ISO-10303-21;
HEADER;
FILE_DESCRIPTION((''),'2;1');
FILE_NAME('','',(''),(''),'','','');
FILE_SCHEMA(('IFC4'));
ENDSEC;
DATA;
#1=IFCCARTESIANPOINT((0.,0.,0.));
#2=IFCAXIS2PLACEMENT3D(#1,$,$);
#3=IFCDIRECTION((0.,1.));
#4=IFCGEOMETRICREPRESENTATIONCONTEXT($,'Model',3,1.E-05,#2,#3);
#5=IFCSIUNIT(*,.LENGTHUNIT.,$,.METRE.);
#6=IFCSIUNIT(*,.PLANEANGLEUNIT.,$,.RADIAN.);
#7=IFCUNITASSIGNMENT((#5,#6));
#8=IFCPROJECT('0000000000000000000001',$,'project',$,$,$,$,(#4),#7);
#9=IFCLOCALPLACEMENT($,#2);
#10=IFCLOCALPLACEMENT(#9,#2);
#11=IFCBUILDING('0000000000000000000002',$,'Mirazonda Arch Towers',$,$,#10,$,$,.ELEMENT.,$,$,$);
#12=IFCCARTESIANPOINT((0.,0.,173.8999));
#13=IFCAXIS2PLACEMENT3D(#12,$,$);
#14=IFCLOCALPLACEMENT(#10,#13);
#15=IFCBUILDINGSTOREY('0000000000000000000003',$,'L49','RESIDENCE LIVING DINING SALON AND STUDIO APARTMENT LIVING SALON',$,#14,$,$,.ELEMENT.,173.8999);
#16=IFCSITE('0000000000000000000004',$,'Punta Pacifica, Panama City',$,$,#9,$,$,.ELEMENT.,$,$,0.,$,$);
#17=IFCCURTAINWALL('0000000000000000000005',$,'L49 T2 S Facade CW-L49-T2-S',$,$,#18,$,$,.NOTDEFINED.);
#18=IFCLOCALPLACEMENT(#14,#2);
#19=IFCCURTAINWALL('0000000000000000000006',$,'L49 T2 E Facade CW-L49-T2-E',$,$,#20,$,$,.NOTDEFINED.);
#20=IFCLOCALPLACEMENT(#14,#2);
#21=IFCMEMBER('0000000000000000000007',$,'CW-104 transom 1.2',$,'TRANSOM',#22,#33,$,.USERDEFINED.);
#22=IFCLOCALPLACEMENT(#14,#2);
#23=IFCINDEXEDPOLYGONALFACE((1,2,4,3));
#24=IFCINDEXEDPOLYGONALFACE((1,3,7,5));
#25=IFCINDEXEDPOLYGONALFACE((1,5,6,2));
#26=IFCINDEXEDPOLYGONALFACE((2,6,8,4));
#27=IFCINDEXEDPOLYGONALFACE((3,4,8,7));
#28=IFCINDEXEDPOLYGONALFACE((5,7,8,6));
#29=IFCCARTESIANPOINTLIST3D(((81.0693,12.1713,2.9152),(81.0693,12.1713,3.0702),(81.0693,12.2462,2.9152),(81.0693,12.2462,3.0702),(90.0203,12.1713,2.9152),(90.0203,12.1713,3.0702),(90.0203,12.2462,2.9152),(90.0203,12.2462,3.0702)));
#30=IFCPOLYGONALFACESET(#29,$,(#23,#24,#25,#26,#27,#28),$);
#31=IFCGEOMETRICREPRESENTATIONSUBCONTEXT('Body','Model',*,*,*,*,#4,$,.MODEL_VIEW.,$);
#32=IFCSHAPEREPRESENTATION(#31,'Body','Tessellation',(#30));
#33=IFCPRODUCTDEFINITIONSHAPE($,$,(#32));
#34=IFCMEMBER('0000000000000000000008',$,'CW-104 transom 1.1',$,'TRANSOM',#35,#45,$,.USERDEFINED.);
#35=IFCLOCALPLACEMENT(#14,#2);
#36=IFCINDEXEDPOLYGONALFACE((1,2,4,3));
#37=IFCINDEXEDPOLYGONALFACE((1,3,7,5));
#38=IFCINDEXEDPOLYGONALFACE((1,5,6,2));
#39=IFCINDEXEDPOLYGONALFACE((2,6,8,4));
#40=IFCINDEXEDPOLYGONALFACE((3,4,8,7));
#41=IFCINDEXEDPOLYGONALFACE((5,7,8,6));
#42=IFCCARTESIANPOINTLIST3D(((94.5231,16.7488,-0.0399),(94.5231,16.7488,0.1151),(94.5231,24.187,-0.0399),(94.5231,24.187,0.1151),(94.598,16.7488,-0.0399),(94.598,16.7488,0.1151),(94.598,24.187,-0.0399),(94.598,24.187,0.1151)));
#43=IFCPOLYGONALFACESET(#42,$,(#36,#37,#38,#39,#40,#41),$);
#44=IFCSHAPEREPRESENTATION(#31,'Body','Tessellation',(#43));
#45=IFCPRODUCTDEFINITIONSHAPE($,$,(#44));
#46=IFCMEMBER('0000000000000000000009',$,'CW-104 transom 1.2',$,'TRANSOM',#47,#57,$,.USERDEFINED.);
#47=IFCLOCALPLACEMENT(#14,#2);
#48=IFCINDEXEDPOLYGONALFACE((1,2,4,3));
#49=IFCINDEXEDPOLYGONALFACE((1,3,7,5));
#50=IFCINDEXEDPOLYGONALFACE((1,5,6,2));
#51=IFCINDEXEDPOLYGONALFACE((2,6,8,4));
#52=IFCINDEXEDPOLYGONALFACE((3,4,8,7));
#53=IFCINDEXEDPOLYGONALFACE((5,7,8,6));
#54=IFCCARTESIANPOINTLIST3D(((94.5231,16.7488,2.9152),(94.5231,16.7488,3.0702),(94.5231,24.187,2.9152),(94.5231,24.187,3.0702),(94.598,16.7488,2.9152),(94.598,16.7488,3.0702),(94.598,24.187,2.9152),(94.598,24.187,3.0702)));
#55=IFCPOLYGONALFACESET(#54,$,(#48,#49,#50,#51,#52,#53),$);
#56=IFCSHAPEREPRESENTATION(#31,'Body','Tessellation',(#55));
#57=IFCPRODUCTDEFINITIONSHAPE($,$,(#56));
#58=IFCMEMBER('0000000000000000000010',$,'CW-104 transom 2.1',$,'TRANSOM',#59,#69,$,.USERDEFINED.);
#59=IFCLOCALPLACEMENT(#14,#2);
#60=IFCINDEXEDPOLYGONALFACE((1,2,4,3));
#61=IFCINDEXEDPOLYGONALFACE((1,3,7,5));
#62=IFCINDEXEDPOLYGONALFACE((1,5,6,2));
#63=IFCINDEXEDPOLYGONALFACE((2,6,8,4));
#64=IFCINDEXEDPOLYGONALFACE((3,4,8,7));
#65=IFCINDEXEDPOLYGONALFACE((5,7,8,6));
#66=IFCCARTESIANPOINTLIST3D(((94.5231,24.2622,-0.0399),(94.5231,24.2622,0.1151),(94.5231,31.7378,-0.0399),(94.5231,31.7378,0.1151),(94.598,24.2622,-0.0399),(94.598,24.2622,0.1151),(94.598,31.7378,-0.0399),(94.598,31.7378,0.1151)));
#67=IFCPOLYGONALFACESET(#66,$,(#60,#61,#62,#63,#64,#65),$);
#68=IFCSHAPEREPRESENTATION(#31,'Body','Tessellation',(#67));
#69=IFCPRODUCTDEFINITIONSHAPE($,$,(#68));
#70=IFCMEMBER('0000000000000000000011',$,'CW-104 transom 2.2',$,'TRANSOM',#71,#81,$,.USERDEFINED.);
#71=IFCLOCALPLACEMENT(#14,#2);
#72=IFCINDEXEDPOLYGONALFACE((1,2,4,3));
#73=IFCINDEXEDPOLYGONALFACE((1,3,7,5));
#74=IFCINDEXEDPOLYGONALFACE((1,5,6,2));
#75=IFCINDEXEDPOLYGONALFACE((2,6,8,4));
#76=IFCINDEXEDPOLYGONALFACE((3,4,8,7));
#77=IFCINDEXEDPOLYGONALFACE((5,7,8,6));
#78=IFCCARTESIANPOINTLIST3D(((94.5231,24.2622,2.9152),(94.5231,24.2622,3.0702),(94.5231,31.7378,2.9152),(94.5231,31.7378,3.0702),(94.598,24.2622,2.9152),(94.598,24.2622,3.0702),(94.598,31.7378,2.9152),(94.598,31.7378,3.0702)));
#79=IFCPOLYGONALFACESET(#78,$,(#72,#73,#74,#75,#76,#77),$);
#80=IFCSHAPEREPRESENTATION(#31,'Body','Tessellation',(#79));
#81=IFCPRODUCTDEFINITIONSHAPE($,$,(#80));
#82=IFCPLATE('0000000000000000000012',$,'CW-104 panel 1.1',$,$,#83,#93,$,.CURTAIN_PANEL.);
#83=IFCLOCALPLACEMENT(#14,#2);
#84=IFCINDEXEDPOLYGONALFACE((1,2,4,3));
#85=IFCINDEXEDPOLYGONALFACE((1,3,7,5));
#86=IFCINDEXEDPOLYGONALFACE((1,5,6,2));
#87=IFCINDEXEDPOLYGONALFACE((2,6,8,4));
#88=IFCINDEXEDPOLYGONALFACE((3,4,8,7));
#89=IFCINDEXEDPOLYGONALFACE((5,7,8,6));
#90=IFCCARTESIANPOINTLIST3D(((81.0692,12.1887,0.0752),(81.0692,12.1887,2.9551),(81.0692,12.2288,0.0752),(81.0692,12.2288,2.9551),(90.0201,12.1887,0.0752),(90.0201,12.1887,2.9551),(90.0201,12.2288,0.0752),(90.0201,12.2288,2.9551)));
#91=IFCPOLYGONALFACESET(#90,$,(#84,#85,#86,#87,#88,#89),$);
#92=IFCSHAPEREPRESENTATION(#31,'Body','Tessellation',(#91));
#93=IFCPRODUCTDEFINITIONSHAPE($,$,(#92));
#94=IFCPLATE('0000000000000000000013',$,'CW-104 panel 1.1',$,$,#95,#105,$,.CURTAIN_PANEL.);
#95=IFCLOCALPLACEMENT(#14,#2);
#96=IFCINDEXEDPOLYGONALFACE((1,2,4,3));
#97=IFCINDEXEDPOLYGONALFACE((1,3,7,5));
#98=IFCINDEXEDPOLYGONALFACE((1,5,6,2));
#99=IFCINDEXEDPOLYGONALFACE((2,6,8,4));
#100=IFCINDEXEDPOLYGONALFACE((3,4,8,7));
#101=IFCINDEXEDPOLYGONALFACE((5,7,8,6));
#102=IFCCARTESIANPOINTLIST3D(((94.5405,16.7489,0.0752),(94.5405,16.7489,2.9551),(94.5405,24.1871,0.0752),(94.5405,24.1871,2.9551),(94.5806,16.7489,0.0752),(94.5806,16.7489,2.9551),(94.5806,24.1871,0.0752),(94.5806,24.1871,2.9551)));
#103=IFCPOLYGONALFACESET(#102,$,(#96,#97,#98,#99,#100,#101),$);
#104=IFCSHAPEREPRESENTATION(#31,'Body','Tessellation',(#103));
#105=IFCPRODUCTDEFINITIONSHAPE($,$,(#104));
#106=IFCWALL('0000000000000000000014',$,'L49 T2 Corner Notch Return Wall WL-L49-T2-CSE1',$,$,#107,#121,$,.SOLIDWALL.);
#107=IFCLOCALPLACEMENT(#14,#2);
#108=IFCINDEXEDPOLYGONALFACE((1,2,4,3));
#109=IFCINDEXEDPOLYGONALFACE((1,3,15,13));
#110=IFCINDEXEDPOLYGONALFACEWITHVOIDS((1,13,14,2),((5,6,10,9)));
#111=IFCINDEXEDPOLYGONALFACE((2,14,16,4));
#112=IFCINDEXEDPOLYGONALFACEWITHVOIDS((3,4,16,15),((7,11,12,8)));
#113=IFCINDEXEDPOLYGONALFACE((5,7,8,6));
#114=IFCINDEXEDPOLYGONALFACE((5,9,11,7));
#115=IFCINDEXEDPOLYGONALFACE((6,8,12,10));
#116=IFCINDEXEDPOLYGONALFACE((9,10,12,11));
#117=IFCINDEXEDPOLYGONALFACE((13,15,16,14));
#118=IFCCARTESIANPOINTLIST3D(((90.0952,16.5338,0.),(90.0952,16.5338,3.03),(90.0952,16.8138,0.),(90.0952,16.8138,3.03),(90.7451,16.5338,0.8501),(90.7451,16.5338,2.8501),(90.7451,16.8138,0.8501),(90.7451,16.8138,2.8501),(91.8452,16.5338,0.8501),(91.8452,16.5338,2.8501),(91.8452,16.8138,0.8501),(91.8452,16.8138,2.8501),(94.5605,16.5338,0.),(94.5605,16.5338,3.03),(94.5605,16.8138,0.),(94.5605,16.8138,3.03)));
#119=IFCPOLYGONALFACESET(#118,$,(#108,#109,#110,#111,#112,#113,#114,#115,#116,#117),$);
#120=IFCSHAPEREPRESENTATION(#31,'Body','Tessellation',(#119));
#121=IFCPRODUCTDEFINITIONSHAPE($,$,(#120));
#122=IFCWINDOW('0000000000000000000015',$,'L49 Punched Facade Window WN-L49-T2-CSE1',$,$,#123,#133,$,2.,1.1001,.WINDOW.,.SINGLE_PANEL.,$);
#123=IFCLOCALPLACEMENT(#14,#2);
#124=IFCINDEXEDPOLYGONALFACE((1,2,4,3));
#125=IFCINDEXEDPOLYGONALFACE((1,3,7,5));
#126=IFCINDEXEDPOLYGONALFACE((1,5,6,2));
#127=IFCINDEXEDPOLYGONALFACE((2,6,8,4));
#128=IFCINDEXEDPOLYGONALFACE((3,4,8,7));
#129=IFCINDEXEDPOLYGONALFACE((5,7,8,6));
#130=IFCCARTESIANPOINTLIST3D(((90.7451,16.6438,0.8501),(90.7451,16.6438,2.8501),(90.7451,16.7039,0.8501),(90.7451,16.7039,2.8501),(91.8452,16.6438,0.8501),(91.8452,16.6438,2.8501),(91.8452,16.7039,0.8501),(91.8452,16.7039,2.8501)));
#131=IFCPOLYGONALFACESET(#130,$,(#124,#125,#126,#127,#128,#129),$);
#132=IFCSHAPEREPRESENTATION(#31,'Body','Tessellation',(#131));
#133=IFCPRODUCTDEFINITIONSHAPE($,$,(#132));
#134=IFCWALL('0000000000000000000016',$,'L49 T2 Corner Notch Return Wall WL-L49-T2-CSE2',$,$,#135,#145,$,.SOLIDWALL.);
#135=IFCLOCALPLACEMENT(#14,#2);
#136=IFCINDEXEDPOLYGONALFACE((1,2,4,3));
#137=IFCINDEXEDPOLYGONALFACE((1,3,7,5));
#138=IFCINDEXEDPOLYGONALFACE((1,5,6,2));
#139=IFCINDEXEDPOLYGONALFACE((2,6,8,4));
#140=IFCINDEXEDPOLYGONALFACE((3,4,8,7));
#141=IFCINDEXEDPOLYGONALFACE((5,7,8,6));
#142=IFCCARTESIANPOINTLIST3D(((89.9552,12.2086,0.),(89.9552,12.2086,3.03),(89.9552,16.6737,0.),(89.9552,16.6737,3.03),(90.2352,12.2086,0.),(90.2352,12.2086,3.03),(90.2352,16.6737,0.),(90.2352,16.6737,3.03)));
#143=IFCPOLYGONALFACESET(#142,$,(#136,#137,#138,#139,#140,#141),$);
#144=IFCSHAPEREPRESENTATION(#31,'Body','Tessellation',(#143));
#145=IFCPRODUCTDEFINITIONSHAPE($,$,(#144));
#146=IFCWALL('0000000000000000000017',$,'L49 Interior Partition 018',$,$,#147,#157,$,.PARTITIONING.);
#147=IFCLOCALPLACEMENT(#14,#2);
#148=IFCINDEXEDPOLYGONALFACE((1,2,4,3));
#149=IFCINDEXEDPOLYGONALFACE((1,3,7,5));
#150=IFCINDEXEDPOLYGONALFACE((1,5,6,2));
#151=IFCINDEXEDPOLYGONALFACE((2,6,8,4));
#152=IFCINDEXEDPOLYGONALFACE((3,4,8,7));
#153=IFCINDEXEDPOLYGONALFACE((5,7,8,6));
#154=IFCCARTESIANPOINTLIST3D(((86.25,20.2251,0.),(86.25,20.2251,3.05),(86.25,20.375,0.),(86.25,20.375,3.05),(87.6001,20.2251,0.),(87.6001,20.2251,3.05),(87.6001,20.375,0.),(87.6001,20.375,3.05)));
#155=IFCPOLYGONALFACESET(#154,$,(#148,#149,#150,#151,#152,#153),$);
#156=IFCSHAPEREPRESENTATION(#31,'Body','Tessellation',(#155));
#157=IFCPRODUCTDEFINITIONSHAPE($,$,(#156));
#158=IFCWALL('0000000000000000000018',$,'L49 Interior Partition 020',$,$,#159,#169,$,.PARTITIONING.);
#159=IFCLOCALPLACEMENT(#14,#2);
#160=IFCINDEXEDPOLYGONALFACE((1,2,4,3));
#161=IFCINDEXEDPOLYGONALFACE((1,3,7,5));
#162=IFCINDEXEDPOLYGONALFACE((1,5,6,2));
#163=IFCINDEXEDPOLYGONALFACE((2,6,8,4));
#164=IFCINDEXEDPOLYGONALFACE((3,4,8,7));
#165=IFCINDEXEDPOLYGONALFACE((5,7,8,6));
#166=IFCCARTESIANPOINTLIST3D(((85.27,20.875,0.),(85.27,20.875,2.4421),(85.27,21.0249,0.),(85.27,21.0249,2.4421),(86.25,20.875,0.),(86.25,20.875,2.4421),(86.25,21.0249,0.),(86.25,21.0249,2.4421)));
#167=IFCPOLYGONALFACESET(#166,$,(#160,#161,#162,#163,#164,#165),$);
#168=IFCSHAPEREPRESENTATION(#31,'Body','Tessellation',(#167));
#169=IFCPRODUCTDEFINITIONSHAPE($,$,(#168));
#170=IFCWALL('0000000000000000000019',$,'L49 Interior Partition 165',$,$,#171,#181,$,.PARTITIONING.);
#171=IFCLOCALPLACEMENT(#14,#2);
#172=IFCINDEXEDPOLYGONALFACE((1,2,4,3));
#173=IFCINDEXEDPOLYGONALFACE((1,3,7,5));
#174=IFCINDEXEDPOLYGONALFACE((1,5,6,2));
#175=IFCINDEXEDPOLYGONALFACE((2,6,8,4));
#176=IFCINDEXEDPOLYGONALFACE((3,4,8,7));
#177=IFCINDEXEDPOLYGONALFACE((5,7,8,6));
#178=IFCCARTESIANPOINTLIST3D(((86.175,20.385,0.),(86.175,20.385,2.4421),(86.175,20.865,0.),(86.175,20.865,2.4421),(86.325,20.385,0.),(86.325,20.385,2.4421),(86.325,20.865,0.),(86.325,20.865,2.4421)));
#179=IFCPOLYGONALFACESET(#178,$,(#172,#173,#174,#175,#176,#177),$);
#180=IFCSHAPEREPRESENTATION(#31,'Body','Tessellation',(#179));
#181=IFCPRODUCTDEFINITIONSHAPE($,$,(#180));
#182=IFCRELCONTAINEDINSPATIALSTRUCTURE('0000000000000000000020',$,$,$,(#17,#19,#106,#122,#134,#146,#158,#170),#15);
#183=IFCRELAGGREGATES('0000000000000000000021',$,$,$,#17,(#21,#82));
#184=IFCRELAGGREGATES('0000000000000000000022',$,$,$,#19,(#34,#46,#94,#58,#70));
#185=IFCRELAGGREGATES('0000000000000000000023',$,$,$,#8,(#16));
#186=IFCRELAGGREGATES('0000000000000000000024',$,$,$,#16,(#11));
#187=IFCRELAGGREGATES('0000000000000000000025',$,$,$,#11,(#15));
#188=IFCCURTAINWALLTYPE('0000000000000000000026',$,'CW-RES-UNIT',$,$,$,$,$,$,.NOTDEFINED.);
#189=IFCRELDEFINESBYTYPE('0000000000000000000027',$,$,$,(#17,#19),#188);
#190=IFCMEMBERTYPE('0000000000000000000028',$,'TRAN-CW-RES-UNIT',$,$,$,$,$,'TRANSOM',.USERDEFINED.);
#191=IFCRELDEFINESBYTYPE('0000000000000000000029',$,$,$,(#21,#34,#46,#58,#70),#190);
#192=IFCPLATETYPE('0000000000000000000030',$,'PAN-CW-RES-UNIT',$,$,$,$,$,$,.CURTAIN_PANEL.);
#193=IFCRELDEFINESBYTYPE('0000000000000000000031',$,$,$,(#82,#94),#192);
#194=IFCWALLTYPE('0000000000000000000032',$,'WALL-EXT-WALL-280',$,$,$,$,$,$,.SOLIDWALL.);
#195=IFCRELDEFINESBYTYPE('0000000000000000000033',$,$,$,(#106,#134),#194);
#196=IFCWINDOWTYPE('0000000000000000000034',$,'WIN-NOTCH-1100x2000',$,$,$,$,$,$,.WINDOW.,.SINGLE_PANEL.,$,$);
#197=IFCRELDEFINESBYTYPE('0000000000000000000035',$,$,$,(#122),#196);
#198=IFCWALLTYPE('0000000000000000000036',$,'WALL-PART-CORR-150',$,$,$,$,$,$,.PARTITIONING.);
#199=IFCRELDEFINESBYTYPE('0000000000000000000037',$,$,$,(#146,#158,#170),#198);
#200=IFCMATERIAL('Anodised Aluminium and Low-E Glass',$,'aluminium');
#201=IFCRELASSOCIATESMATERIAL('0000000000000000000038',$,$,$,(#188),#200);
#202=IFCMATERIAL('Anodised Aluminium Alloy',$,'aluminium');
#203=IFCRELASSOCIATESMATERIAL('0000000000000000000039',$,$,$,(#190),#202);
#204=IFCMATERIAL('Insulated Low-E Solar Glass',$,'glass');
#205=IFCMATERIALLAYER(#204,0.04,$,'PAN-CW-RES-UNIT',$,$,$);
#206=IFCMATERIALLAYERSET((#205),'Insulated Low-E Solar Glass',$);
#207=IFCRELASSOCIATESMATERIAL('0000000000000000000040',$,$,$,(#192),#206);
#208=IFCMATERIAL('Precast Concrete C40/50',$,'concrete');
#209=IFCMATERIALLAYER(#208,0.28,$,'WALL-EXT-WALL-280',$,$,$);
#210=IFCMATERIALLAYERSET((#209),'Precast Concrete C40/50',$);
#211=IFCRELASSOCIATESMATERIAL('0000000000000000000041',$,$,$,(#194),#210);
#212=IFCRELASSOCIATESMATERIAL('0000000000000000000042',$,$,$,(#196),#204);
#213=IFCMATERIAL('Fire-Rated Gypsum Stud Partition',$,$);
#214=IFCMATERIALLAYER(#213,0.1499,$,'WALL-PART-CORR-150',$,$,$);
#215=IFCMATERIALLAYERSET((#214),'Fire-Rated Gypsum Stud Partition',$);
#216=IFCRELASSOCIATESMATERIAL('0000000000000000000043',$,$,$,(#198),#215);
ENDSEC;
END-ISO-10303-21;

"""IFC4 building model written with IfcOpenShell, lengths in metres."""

from ifc_helpers import new_model, si_unit, direction, frame, frame_2d, origin, origin_2d, place, context, subcontext, project, spatial, rectangle, extrude, material, layer, layer_set, material_profile, profile_set, type_object, element, fill, aggregate, save


model = new_model("IFC4")

# Units and contexts
model_context = context("Model", 3, precision=1e-05, world=origin(), true_north=direction((0.0, 1.0)))
body_context = subcontext(model_context, "Body", "Model", "MODEL_VIEW")
ifc_project = project(units=[si_unit("LENGTHUNIT", "METRE"), si_unit("PLANEANGLEUNIT", "RADIAN")], contexts=[model_context])

# Site, building, storey
site_placement = place(None, origin())
site = spatial("IfcSite", under=ifc_project, at=site_placement, Name="Punta Pacifica, Panama City", CompositionType="ELEMENT", RefElevation=0.0)
building_placement = place(site_placement, origin())
building = spatial("IfcBuilding", under=site, at=building_placement, Name="Mirazonda Arch Towers", CompositionType="ELEMENT")
storey_placement = place(building_placement, frame((0.0, 0.0, 173.8999)))
storey = spatial("IfcBuildingStorey", under=building, at=storey_placement, Name="L49", Description="RESIDENCE LIVING DINING SALON AND STUDIO APARTMENT LIVING SALON", CompositionType="ELEMENT", Elevation=173.8999)

# Curtain wall
ifc_material_1 = material(Name="Anodised Aluminium and Low-E Glass", Category="aluminium")
curtain_wall_type = type_object("IfcCurtainWallType", Name="CW-RES-UNIT", PredefinedType="NOTDEFINED", material=ifc_material_1)
curtain_wall_1_placement = place(storey_placement, origin())
curtain_wall_1 = element("IfcCurtainWall", 1, at=curtain_wall_1_placement, inside=storey, type_object=curtain_wall_type, Name="L49 T2 S Facade CW-L49-T2-S", PredefinedType="NOTDEFINED")
ifc_material_2 = material(Name="Anodised Aluminium Alloy", Category="aluminium")

# Curtain wall
curtain_wall_2_placement = place(storey_placement, origin())
curtain_wall_2 = element("IfcCurtainWall", 2, at=curtain_wall_2_placement, inside=storey, type_object=curtain_wall_type, Name="L49 T2 E Facade CW-L49-T2-E", PredefinedType="NOTDEFINED")

# Members
ifc_material_profile_1 = material_profile(ifc_material_2, rectangle(XDim=0.075, YDim=0.155, at=origin_2d()), Name="ALU-TRAN-75x155")
ifc_profile_set_1 = profile_set([ifc_material_profile_1], Name="Anodised Aluminium Alloy")
member_type_1 = type_object("IfcMemberType", Name="TRAN-CW-RES-UNIT", ElementType="TRANSOM", PredefinedType="USERDEFINED", material=ifc_profile_set_1)
member_1_placement = place(storey_placement, frame((90.0203, 12.2087, 2.9927), z_axis=(-1.0, 0.0, 0.0), x_axis=(0.0, -1.0, 0.0)))
member_1 = element("IfcMember", 3, at=member_1_placement, type_object=member_type_1, Name="CW-104 transom 1.2", ObjectType="TRANSOM", PredefinedType="USERDEFINED", context=body_context, shape_type="SweptSolid", body=[
    extrude(rectangle(XDim=0.075, YDim=0.155, at=origin_2d()), origin(), (0.0, 0.0, 1.0), 8.9509),
])
member_2_placement = place(storey_placement, frame((94.5605, 16.7488, 0.0376), z_axis=(0.0, 1.0, 0.0), x_axis=(-1.0, 0.0, 0.0)))
member_2 = element("IfcMember", 4, at=member_2_placement, type_object=member_type_1, Name="CW-104 transom 1.1", ObjectType="TRANSOM", PredefinedType="USERDEFINED", context=body_context, shape_type="SweptSolid", body=[
    extrude(rectangle(XDim=0.075, YDim=0.155, at=origin_2d()), origin(), (0.0, 0.0, 1.0), 7.4382),
])
member_3_placement = place(storey_placement, frame((94.5605, 16.7488, 2.9927), z_axis=(0.0, 1.0, 0.0), x_axis=(-1.0, 0.0, 0.0)))
member_3 = element("IfcMember", 5, at=member_3_placement, type_object=member_type_1, Name="CW-104 transom 1.2", ObjectType="TRANSOM", PredefinedType="USERDEFINED", context=body_context, shape_type="SweptSolid", body=[
    extrude(rectangle(XDim=0.075, YDim=0.155, at=origin_2d()), origin(), (0.0, 0.0, 1.0), 7.4382),
])
member_4_placement = place(storey_placement, frame((94.5605, 24.2622, 0.0376), z_axis=(0.0, 1.0, 0.0), x_axis=(-1.0, 0.0, 0.0)))
member_4 = element("IfcMember", 6, at=member_4_placement, type_object=member_type_1, Name="CW-104 transom 2.1", ObjectType="TRANSOM", PredefinedType="USERDEFINED", context=body_context, shape_type="SweptSolid", body=[
    extrude(rectangle(XDim=0.075, YDim=0.155, at=origin_2d()), origin(), (0.0, 0.0, 1.0), 7.4756),
])
member_5_placement = place(storey_placement, frame((94.5605, 24.2622, 2.9927), z_axis=(0.0, 1.0, 0.0), x_axis=(-1.0, 0.0, 0.0)))
member_5 = element("IfcMember", 7, at=member_5_placement, type_object=member_type_1, Name="CW-104 transom 2.2", ObjectType="TRANSOM", PredefinedType="USERDEFINED", context=body_context, shape_type="SweptSolid", body=[
    extrude(rectangle(XDim=0.075, YDim=0.155, at=origin_2d()), origin(), (0.0, 0.0, 1.0), 7.4756),
])

# Plates
ifc_material_3 = material(Name="Insulated Low-E Solar Glass", Category="glass")
ifc_layer_1 = layer(ifc_material_3, 0.04, Name="PAN-CW-RES-UNIT")
ifc_layer_set_1 = layer_set([ifc_layer_1], Name="Insulated Low-E Solar Glass")
plate_type = type_object("IfcPlateType", Name="PAN-CW-RES-UNIT", PredefinedType="CURTAIN_PANEL", material=ifc_layer_set_1)
plate_1_placement = place(storey_placement, frame((85.5447, 12.2087, 0.0752), z_axis=(0.0, 0.0, 1.0), x_axis=(-1.0, 0.0, 0.0)))
plate_1 = element("IfcPlate", 8, at=plate_1_placement, type_object=plate_type, Name="CW-104 panel 1.1", PredefinedType="CURTAIN_PANEL", context=body_context, shape_type="SweptSolid", body=[
    extrude(rectangle(XDim=8.9509, YDim=0.04, at=origin_2d()), origin(), (0.0, 0.0, 1.0), 2.8799),
])
aggregate(curtain_wall_1, [member_1, plate_1])
plate_2_placement = place(storey_placement, frame((94.5605, 20.468, 0.0752), z_axis=(0.0, 0.0, 1.0), x_axis=(0.0, 1.0, 0.0)))
plate_2 = element("IfcPlate", 9, at=plate_2_placement, type_object=plate_type, Name="CW-104 panel 1.1", PredefinedType="CURTAIN_PANEL", context=body_context, shape_type="SweptSolid", body=[
    extrude(rectangle(XDim=7.4382, YDim=0.04, at=origin_2d()), origin(), (0.0, 0.0, 1.0), 2.8799),
])
aggregate(curtain_wall_2, [member_2, member_3, plate_2, member_4, member_5])

# Wall, opening, window
ifc_material_4 = material(Name="Precast Concrete C40/50", Category="concrete")
ifc_layer_2 = layer(ifc_material_4, 0.28, Name="WALL-EXT-WALL-280")
ifc_layer_set_2 = layer_set([ifc_layer_2], Name="Precast Concrete C40/50")
wall_type_1 = type_object("IfcWallType", Name="WALL-EXT-WALL-280", PredefinedType="SOLIDWALL", material=ifc_layer_set_2)
wall_1_placement = place(storey_placement, frame((90.0952, 16.6738, 0.0), z_axis=(0.0, 0.0, 1.0), x_axis=(1.0, 0.0, 0.0)))
wall_1 = element("IfcWall", 10, at=wall_1_placement, inside=storey, type_object=wall_type_1, Name="L49 T2 Corner Notch Return Wall WL-L49-T2-CSE1", PredefinedType="SOLIDWALL", context=body_context, shape_type="SweptSolid", body=[
    extrude(rectangle(XDim=4.4653, YDim=0.28, at=frame_2d((2.2327, 0.0))), origin(), (0.0, 0.0, 1.0), 3.03),
])
opening_1_placement = place(wall_1_placement, frame((0.6499, 0.0, 0.8501)))
opening_1 = element("IfcOpeningElement", 11, at=opening_1_placement, cuts=wall_1, PredefinedType="OPENING", context=body_context, shape_type="SweptSolid", body=[
    extrude(rectangle(XDim=1.1001, YDim=2.0, at=frame_2d((0.55, 1.0))), frame((0.0, 0.1499, 0.0), z_axis=(0.0, -1.0, 0.0), x_axis=(1.0, 0.0, 0.0)), (0.0, 0.0, 1.0), 0.3),
])
window_type = type_object("IfcWindowType", Name="WIN-NOTCH-1100x2000", PartitioningType="SINGLE_PANEL", PredefinedType="WINDOW", material=ifc_material_3)
window_placement = place(opening_1_placement, origin())
window = element("IfcWindow", 12, at=window_placement, inside=storey, type_object=window_type, Name="L49 Punched Facade Window WN-L49-T2-CSE1", OverallHeight=2.0, OverallWidth=1.1001, PartitioningType="SINGLE_PANEL", PredefinedType="WINDOW", context=body_context, shape_type="SweptSolid", body=[
    extrude(rectangle(XDim=1.1001, YDim=2.0, at=frame_2d((0.55, 1.0))), frame((0.0, 0.03, 0.0), z_axis=(0.0, -1.0, 0.0), x_axis=(1.0, 0.0, 0.0)), (0.0, 0.0, 1.0), 0.0601),
])
fill(opening_1, window)

# Walls
wall_2_placement = place(storey_placement, frame((90.0952, 12.2087, 0.0), z_axis=(0.0, 0.0, 1.0), x_axis=(0.0, 1.0, 0.0)))
element("IfcWall", 13, at=wall_2_placement, inside=storey, type_object=wall_type_1, Name="L49 T2 Corner Notch Return Wall WL-L49-T2-CSE2", PredefinedType="SOLIDWALL", context=body_context, shape_type="SweptSolid", body=[
    extrude(rectangle(XDim=4.4651, YDim=0.28, at=frame_2d((2.2324, 0.0))), origin(), (0.0, 0.0, 1.0), 3.03),
])
ifc_material_5 = material(Name="Fire-Rated Gypsum Stud Partition")
ifc_layer_3 = layer(ifc_material_5, 0.1499, Name="WALL-PART-CORR-150")
ifc_layer_set_3 = layer_set([ifc_layer_3], Name="Fire-Rated Gypsum Stud Partition")
wall_type_2 = type_object("IfcWallType", Name="WALL-PART-CORR-150", PredefinedType="PARTITIONING", material=ifc_layer_set_3)
wall_3_placement = place(storey_placement, frame((86.25, 20.3, 0.0), z_axis=(0.0, 0.0, 1.0), x_axis=(1.0, 0.0, 0.0)))
element("IfcWall", 14, at=wall_3_placement, inside=storey, type_object=wall_type_2, Name="L49 Interior Partition 018", PredefinedType="PARTITIONING", context=body_context, shape_type="SweptSolid", body=[
    extrude(rectangle(XDim=1.3501, YDim=0.1499, at=frame_2d((0.675, 0.0))), origin(), (0.0, 0.0, 1.0), 3.05),
])
wall_4_placement = place(storey_placement, frame((85.27, 20.95, 0.0), z_axis=(0.0, 0.0, 1.0), x_axis=(1.0, 0.0, 0.0)))
element("IfcWall", 15, at=wall_4_placement, inside=storey, type_object=wall_type_2, Name="L49 Interior Partition 020", PredefinedType="PARTITIONING", context=body_context, shape_type="SweptSolid", body=[
    extrude(rectangle(XDim=0.98, YDim=0.1499, at=frame_2d((0.49, 0.0))), origin(), (0.0, 0.0, 1.0), 2.4421),
])
wall_5_placement = place(storey_placement, frame((86.25, 20.385, 0.0), z_axis=(0.0, 0.0, 1.0), x_axis=(0.0, 1.0, 0.0)))
element("IfcWall", 16, at=wall_5_placement, inside=storey, type_object=wall_type_2, Name="L49 Interior Partition 165", PredefinedType="PARTITIONING", context=body_context, shape_type="SweptSolid", body=[
    extrude(rectangle(XDim=0.48, YDim=0.1499, at=frame_2d((0.24, 0.0))), origin(), (0.0, 0.0, 1.0), 2.4421),
])

save(model, "model.ifc")
